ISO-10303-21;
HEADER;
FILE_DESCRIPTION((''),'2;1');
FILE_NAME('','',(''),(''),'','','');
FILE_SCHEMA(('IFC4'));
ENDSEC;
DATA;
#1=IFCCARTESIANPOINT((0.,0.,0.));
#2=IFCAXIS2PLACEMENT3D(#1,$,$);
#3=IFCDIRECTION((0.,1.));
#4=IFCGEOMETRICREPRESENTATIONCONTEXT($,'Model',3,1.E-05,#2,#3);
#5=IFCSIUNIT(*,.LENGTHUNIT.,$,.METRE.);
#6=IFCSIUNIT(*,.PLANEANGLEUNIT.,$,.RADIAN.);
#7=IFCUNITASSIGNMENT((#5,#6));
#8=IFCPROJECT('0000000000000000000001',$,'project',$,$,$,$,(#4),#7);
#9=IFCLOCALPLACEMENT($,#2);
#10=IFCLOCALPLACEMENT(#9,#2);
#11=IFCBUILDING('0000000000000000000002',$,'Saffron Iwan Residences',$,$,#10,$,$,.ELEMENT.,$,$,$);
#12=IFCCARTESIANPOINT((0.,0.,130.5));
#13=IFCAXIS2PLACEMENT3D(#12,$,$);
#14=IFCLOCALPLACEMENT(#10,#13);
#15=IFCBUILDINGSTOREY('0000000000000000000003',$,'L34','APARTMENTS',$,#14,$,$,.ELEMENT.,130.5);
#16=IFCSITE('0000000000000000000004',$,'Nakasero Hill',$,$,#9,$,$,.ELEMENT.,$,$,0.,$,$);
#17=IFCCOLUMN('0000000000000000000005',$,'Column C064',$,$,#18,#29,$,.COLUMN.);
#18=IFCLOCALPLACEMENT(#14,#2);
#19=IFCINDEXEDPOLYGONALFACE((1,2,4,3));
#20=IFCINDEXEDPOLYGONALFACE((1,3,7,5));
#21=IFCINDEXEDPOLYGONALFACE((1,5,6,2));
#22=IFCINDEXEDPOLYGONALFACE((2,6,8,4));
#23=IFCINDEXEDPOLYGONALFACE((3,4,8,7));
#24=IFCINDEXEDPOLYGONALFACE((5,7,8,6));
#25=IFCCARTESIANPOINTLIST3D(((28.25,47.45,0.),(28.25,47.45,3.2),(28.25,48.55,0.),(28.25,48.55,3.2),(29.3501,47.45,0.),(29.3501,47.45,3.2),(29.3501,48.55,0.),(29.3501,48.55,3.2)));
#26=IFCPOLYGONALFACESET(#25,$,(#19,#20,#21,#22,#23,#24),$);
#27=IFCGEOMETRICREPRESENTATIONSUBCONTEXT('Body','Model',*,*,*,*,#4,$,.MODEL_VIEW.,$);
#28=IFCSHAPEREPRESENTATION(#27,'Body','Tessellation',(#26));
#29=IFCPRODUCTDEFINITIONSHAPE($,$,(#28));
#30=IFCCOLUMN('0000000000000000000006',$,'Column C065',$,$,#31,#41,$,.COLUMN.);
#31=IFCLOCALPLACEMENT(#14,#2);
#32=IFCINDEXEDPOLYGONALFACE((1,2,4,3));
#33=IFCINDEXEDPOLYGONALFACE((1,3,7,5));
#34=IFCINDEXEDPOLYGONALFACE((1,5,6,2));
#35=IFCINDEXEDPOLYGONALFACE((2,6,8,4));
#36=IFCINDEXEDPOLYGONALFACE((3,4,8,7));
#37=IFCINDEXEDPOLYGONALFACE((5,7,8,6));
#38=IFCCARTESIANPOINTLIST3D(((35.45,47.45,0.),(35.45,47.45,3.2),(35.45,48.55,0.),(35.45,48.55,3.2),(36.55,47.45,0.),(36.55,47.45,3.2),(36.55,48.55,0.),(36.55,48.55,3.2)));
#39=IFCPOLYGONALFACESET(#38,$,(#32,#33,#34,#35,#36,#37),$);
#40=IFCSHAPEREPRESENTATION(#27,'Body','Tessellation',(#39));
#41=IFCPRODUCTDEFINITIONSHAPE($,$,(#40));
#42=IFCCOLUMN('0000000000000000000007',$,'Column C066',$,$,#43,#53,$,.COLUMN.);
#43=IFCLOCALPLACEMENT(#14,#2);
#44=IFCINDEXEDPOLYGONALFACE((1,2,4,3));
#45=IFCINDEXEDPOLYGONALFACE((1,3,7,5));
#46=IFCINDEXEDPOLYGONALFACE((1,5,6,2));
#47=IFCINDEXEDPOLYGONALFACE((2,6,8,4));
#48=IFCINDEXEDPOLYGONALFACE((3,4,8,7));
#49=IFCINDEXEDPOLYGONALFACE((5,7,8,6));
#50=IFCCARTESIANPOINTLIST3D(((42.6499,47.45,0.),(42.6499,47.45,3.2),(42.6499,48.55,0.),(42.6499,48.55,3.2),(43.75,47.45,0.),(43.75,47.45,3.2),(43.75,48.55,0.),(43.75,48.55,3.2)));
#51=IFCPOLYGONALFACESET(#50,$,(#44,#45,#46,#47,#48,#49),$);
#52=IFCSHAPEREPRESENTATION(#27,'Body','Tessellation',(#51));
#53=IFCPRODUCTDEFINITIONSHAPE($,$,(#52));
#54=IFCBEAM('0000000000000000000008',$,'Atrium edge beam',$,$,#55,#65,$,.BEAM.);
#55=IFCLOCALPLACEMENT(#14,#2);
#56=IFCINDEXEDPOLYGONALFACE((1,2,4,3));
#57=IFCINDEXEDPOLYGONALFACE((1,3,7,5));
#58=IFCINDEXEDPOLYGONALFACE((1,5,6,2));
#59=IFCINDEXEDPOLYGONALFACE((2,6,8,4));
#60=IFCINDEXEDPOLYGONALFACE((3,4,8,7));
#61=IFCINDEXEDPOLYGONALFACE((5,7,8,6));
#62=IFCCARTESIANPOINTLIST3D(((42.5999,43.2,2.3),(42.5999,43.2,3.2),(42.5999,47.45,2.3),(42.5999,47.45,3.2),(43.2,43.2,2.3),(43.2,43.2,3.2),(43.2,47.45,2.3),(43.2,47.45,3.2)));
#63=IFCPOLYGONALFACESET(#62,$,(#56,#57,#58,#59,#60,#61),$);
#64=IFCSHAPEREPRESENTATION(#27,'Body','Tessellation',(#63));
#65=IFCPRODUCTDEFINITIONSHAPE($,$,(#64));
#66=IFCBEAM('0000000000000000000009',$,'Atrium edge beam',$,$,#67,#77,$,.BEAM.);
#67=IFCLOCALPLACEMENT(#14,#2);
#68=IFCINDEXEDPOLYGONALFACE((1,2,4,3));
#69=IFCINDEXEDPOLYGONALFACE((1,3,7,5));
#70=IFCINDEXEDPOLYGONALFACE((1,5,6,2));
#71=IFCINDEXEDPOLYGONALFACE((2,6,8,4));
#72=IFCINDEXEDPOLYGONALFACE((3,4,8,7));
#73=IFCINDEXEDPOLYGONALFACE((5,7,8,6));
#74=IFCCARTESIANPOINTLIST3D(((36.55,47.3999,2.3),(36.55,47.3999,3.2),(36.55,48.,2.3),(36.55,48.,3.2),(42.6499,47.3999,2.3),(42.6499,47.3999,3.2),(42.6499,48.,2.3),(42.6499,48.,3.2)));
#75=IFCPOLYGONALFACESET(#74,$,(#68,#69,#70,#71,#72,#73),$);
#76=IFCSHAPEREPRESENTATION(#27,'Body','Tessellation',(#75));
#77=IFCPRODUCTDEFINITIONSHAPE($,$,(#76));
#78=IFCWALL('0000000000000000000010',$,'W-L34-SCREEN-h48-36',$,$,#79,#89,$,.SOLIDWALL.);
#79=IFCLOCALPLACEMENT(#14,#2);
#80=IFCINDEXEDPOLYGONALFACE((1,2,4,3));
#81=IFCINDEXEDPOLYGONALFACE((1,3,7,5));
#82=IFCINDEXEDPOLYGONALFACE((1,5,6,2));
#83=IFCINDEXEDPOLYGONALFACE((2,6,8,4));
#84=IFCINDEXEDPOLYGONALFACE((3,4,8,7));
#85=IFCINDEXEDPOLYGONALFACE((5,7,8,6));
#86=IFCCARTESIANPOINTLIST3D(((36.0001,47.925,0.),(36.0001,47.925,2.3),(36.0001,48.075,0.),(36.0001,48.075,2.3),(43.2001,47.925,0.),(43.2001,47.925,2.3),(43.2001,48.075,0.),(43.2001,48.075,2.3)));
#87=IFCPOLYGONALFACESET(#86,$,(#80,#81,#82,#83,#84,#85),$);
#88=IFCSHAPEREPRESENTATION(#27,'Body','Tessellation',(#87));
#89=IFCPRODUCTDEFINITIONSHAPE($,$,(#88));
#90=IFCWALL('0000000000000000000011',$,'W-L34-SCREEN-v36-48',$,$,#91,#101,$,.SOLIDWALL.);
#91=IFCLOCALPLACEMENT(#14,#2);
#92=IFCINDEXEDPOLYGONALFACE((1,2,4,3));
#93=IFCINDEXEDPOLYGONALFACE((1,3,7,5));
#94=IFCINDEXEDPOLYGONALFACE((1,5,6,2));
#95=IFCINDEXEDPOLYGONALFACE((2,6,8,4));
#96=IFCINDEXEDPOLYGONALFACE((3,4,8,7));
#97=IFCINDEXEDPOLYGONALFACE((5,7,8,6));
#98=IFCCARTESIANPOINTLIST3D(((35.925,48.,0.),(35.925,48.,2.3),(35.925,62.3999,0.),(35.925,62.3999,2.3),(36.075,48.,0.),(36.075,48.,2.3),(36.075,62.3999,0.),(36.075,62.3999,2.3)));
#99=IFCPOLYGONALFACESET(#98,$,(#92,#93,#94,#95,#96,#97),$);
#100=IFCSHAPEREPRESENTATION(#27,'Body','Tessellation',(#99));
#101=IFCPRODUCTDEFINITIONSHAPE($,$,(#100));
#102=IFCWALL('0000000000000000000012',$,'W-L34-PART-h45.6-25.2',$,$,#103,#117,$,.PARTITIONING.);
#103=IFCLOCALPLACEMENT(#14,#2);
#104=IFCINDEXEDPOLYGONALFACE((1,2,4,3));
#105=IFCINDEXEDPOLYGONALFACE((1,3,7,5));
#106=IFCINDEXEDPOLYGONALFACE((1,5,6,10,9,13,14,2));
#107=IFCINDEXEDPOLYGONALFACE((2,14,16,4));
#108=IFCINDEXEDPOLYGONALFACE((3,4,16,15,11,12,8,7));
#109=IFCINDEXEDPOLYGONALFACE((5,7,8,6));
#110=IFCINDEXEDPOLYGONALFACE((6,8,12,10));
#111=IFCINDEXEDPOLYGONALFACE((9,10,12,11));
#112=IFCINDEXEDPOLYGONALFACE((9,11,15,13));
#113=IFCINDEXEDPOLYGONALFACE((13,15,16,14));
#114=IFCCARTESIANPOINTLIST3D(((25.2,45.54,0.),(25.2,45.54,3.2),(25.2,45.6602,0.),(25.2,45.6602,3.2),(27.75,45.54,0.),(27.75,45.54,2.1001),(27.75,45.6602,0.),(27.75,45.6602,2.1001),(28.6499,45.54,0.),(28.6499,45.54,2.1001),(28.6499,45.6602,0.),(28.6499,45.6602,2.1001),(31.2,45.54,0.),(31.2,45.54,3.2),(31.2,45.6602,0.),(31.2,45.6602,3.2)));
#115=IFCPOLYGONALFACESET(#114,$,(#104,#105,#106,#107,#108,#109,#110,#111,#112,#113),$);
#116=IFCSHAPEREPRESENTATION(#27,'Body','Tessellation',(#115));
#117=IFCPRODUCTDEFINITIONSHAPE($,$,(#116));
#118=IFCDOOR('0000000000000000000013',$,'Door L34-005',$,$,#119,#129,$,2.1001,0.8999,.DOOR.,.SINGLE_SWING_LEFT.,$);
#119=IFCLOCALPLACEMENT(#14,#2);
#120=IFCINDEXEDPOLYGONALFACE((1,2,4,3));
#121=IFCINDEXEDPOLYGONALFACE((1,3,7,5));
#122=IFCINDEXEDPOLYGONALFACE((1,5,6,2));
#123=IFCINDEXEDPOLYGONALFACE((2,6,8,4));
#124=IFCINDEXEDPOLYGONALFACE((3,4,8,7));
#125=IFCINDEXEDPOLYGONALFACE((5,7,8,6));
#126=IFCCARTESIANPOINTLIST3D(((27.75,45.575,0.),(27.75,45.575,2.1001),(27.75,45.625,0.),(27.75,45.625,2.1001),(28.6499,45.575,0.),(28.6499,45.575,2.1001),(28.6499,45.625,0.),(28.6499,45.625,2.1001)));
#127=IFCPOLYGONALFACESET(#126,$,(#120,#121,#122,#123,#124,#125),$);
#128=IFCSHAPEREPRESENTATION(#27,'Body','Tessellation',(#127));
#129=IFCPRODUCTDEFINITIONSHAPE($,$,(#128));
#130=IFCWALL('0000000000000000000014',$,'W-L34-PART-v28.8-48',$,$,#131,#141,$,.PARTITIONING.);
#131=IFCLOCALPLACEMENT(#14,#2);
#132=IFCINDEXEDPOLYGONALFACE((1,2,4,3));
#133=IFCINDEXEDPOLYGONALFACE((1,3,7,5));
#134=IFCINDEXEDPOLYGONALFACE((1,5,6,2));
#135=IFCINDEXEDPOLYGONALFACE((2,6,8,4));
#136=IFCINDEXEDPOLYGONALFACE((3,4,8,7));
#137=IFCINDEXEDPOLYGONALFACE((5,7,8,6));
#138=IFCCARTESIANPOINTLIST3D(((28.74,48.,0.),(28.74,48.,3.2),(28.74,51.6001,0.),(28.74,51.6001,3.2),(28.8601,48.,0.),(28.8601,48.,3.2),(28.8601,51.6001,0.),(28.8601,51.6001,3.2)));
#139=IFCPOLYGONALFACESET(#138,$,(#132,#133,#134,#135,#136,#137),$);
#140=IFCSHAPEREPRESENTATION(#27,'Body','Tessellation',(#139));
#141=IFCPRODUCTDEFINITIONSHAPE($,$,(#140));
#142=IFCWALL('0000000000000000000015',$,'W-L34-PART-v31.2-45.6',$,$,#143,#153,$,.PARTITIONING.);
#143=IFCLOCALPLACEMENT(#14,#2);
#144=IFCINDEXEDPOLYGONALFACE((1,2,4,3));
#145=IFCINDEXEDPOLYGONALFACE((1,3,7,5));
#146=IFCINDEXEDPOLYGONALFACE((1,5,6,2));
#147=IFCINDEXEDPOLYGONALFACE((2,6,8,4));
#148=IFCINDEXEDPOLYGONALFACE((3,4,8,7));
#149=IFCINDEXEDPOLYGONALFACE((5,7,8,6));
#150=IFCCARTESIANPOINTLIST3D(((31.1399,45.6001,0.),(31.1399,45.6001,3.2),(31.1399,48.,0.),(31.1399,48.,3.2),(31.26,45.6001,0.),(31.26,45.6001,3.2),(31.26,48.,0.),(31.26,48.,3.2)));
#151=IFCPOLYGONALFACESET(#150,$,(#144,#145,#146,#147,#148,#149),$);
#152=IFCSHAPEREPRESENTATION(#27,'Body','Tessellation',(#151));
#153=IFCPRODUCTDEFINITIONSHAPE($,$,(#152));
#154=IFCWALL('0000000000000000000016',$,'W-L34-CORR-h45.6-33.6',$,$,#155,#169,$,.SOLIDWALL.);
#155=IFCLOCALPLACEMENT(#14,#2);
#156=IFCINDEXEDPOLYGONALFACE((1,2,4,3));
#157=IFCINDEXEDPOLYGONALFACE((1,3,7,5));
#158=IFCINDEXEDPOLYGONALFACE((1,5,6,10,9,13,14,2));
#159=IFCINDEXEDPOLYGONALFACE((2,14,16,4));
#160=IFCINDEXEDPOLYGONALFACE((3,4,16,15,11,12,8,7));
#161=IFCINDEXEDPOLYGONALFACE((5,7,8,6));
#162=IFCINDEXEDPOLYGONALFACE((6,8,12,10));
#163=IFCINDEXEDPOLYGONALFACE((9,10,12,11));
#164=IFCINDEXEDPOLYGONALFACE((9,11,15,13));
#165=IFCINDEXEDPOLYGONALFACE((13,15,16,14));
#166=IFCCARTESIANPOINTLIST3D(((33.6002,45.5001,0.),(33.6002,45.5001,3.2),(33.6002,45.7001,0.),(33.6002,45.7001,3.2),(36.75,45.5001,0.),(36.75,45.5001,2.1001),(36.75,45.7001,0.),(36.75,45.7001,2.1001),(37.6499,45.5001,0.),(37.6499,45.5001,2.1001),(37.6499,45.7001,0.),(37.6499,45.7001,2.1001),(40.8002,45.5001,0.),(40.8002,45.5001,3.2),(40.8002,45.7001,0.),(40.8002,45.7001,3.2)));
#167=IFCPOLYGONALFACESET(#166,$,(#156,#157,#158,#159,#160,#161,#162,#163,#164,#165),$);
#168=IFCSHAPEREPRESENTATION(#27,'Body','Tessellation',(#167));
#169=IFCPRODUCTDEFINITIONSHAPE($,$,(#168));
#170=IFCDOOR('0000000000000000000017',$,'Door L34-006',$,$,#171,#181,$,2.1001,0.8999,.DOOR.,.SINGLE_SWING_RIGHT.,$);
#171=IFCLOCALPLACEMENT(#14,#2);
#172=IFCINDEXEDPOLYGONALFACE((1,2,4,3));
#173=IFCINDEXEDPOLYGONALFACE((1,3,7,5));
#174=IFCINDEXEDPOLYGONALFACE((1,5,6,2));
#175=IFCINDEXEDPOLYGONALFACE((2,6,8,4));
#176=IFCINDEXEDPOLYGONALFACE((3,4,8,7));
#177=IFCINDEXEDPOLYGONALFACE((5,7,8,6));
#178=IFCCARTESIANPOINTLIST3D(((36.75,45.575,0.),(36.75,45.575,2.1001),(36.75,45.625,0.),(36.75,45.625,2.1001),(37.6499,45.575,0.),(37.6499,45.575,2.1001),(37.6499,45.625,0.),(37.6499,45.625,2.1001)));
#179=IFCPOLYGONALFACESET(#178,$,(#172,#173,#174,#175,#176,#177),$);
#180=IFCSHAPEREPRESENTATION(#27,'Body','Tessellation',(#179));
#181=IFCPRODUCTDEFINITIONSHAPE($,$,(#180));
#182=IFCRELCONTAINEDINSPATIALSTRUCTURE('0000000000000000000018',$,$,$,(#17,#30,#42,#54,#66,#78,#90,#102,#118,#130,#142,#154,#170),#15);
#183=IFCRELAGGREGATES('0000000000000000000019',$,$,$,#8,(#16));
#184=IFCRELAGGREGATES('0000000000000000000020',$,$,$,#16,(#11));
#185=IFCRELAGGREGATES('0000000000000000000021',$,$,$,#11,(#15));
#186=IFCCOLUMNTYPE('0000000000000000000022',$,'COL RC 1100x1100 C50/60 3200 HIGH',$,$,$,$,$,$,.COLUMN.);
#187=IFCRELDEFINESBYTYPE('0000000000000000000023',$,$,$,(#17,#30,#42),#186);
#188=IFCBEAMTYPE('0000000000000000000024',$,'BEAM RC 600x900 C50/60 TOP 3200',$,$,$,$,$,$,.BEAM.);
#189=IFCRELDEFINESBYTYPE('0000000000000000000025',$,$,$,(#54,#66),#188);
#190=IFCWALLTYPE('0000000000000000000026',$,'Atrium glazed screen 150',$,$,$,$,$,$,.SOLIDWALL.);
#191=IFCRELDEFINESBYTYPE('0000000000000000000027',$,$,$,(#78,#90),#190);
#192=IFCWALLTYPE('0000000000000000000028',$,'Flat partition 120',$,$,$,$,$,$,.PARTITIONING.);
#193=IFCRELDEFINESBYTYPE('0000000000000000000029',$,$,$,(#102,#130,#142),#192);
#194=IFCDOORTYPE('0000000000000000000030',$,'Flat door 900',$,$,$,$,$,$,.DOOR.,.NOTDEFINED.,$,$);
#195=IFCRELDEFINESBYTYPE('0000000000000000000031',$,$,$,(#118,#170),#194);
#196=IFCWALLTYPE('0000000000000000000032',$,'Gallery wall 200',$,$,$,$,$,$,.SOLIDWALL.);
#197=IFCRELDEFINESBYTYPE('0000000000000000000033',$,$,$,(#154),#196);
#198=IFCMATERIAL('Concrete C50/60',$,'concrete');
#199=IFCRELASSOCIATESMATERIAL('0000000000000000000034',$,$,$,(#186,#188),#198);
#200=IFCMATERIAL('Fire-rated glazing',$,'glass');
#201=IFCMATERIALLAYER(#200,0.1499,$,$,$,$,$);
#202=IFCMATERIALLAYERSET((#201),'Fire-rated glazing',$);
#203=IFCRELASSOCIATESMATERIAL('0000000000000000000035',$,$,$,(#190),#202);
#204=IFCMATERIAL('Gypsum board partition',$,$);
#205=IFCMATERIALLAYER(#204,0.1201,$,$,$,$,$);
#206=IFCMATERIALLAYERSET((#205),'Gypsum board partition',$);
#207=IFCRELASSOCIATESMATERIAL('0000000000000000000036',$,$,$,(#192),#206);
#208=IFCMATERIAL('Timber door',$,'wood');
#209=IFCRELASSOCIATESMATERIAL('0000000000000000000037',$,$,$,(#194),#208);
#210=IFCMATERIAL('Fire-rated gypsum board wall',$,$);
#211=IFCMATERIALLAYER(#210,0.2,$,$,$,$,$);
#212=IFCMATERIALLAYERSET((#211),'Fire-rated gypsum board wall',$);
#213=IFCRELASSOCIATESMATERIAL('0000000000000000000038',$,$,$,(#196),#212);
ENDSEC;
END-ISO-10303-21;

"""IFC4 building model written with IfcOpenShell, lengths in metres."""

from ifc_helpers import new_model, si_unit, direction, frame, frame_2d, origin, origin_2d, place, context, subcontext, project, spatial, rectangle, extrude, source, transform, mapped, material, layer, layer_set, material_profile, profile_set, type_object, element, fill, save


model = new_model("IFC4")

# Units and contexts
model_context = context("Model", 3, precision=1e-05, world=origin(), true_north=direction((0.0, 1.0)))
body_context = subcontext(model_context, "Body", "Model", "MODEL_VIEW")
ifc_project = project(units=[si_unit("LENGTHUNIT", "METRE"), si_unit("PLANEANGLEUNIT", "RADIAN")], contexts=[model_context])

# Site, building, storey
site_placement = place(None, origin())
site = spatial("IfcSite", under=ifc_project, at=site_placement, Name="Nakasero Hill", CompositionType="ELEMENT", RefElevation=0.0)
building_placement = place(site_placement, origin())
building = spatial("IfcBuilding", under=site, at=building_placement, Name="Saffron Iwan Residences", CompositionType="ELEMENT")
storey_placement = place(building_placement, frame((0.0, 0.0, 130.5)))
storey = spatial("IfcBuildingStorey", under=building, at=storey_placement, Name="L34", Description="APARTMENTS", CompositionType="ELEMENT", Elevation=130.5)

# Columns
ifc_material_1 = material(Name="Concrete C50/60", Category="concrete")
ifc_material_profile_1 = material_profile(ifc_material_1, rectangle(XDim=1.1001, YDim=1.1001, at=origin_2d()), Name="RC 1100x1100")
ifc_profile_set_1 = profile_set([ifc_material_profile_1], Name="Concrete C50/60")
column_type = type_object("IfcColumnType", Name="COL RC 1100x1100 C50/60 3200 HIGH", PredefinedType="COLUMN", material=ifc_profile_set_1)
shared_shape_1 = source(origin(), body_context, "Body", "SweptSolid", [
    extrude(rectangle(XDim=1.1001, YDim=1.1001, at=origin_2d()), origin(), (0.0, 0.0, 1.0), 3.2),
])
for number, where, z_axis, x_axis, name in (
    (1, (28.8, 48.0, 0.0), (0.0, 0.0, 1.0), (1.0, 0.0, 0.0), "Column C064"),
    (2, (36.0, 48.0, 0.0), (0.0, 0.0, 1.0), (1.0, 0.0, 0.0), "Column C065"),
    (3, (43.2, 48.0, 0.0), (0.0, 0.0, 1.0), (1.0, 0.0, 0.0), "Column C066"),
):
    element("IfcColumn", number, at=place(storey_placement, frame(where, z_axis=z_axis, x_axis=x_axis)), inside=storey, type_object=column_type, Name=name, PredefinedType="COLUMN", context=body_context, shape_type="MappedRepresentation", body=[
        mapped(shared_shape_1, transform((0.0, 0.0, 0.0))),
    ])

# Beams
ifc_material_profile_2 = material_profile(ifc_material_1, rectangle(XDim=0.6001, YDim=0.8999, at=origin_2d()), Name="RC 600x900")
ifc_profile_set_2 = profile_set([ifc_material_profile_2], Name="Concrete C50/60")
beam_type = type_object("IfcBeamType", Name="BEAM RC 600x900 C50/60 TOP 3200", PredefinedType="BEAM", material=ifc_profile_set_2)
shared_shape_2 = source(origin(), body_context, "Body", "SweptSolid", [
    extrude(rectangle(XDim=0.6001, YDim=0.8999, at=origin_2d()), origin(), (0.0, 0.0, 1.0), 4.25),
])
beam_1_placement = place(storey_placement, frame((42.8999, 43.2, 2.75), z_axis=(0.0, 1.0, 0.0), x_axis=(-1.0, 0.0, 0.0)))
element("IfcBeam", 4, at=beam_1_placement, inside=storey, type_object=beam_type, Name="Atrium edge beam", PredefinedType="BEAM", context=body_context, shape_type="MappedRepresentation", body=[
    mapped(shared_shape_2, transform((0.0, 0.0, 0.0))),
])
shared_shape_3 = source(origin(), body_context, "Body", "SweptSolid", [
    extrude(rectangle(XDim=0.6001, YDim=0.8999, at=origin_2d()), origin(), (0.0, 0.0, 1.0), 6.0999),
])
beam_2_placement = place(storey_placement, frame((42.6499, 47.7, 2.75), z_axis=(-1.0, 0.0, 0.0), x_axis=(0.0, -1.0, 0.0)))
element("IfcBeam", 5, at=beam_2_placement, inside=storey, type_object=beam_type, Name="Atrium edge beam", PredefinedType="BEAM", context=body_context, shape_type="MappedRepresentation", body=[
    mapped(shared_shape_3, transform((0.0, 0.0, 0.0))),
])

# Walls
ifc_material_2 = material(Name="Fire-rated glazing", Category="glass")
ifc_layer_1 = layer(ifc_material_2, 0.1499)
ifc_layer_set_1 = layer_set([ifc_layer_1], Name="Fire-rated glazing")
wall_type_1 = type_object("IfcWallType", Name="Atrium glazed screen 150", PredefinedType="SOLIDWALL", material=ifc_layer_set_1)
wall_1_placement = place(storey_placement, frame((36.0, 48.0, 0.0), z_axis=(0.0, 0.0, 1.0), x_axis=(1.0, 0.0, 0.0)))
element("IfcWall", 6, at=wall_1_placement, inside=storey, type_object=wall_type_1, Name="W-L34-SCREEN-h48-36", PredefinedType="SOLIDWALL", context=body_context, shape_type="SweptSolid", body=[
    extrude(rectangle(XDim=7.2, YDim=0.1499, at=frame_2d((3.6001, 0.0))), origin(), (0.0, 0.0, 1.0), 2.3),
])
wall_2_placement = place(storey_placement, frame((36.0, 48.0, 0.0), z_axis=(0.0, 0.0, 1.0), x_axis=(0.0, 1.0, 0.0)))
element("IfcWall", 7, at=wall_2_placement, inside=storey, type_object=wall_type_1, Name="W-L34-SCREEN-v36-48", PredefinedType="SOLIDWALL", context=body_context, shape_type="SweptSolid", body=[
    extrude(rectangle(XDim=14.3999, YDim=0.1499, at=frame_2d((7.2, 0.0))), origin(), (0.0, 0.0, 1.0), 2.3),
])

# Wall, opening, door
ifc_material_3 = material(Name="Gypsum board partition")
ifc_layer_2 = layer(ifc_material_3, 0.1201)
ifc_layer_set_2 = layer_set([ifc_layer_2], Name="Gypsum board partition")
wall_type_2 = type_object("IfcWallType", Name="Flat partition 120", PredefinedType="PARTITIONING", material=ifc_layer_set_2)
wall_3_placement = place(storey_placement, frame((25.2, 45.6001, 0.0), z_axis=(0.0, 0.0, 1.0), x_axis=(1.0, 0.0, 0.0)))
wall_3 = element("IfcWall", 8, at=wall_3_placement, inside=storey, type_object=wall_type_2, Name="W-L34-PART-h45.6-25.2", PredefinedType="PARTITIONING", context=body_context, shape_type="SweptSolid", body=[
    extrude(rectangle(XDim=6.0, YDim=0.1201, at=frame_2d((3.0, 0.0))), origin(), (0.0, 0.0, 1.0), 3.2),
])
opening_1_placement = place(wall_3_placement, frame((2.55, 0.0, 0.0)))
opening_1 = element("IfcOpeningElement", 9, at=opening_1_placement, cuts=wall_3, PredefinedType="OPENING", context=body_context, shape_type="SweptSolid", body=[
    extrude(rectangle(XDim=0.8999, YDim=2.1001, at=frame_2d((0.45, 1.05))), frame((0.0, 0.0701, 0.0), z_axis=(0.0, -1.0, 0.0), x_axis=(1.0, 0.0, 0.0)), (0.0, 0.0, 1.0), 0.1401),
])
ifc_material_4 = material(Name="Timber door", Category="wood")
door_type_1 = type_object("IfcDoorType", Name="Flat door 900", OperationType="NOTDEFINED", PredefinedType="DOOR", material=ifc_material_4)
door_1_placement = place(opening_1_placement, origin())
door_1 = element("IfcDoor", 10, at=door_1_placement, inside=storey, type_object=door_type_1, Name="Door L34-005", OperationType="SINGLE_SWING_LEFT", OverallHeight=2.1001, OverallWidth=0.8999, PredefinedType="DOOR", context=body_context, shape_type="SweptSolid", body=[
    extrude(rectangle(XDim=0.8999, YDim=2.1001, at=frame_2d((0.45, 1.05))), frame((0.0, 0.0249, 0.0), z_axis=(0.0, -1.0, 0.0), x_axis=(1.0, 0.0, 0.0)), (0.0, 0.0, 1.0), 0.05),
])
fill(opening_1, door_1)

# Walls
wall_4_placement = place(storey_placement, frame((28.8, 48.0, 0.0), z_axis=(0.0, 0.0, 1.0), x_axis=(0.0, 1.0, 0.0)))
element("IfcWall", 11, at=wall_4_placement, inside=storey, type_object=wall_type_2, Name="W-L34-PART-v28.8-48", PredefinedType="PARTITIONING", context=body_context, shape_type="SweptSolid", body=[
    extrude(rectangle(XDim=3.6001, YDim=0.1201, at=frame_2d((1.8, 0.0))), origin(), (0.0, 0.0, 1.0), 3.2),
])
wall_5_placement = place(storey_placement, frame((31.2, 45.6001, 0.0), z_axis=(0.0, 0.0, 1.0), x_axis=(0.0, 1.0, 0.0)))
element("IfcWall", 12, at=wall_5_placement, inside=storey, type_object=wall_type_2, Name="W-L34-PART-v31.2-45.6", PredefinedType="PARTITIONING", context=body_context, shape_type="SweptSolid", body=[
    extrude(rectangle(XDim=2.3999, YDim=0.1201, at=frame_2d((1.2, 0.0))), origin(), (0.0, 0.0, 1.0), 3.2),
])

# Wall, opening, door
ifc_material_5 = material(Name="Fire-rated gypsum board wall")
ifc_layer_3 = layer(ifc_material_5, 0.2)
ifc_layer_set_3 = layer_set([ifc_layer_3], Name="Fire-rated gypsum board wall")
wall_type_3 = type_object("IfcWallType", Name="Gallery wall 200", PredefinedType="SOLIDWALL", material=ifc_layer_set_3)
wall_6_placement = place(storey_placement, frame((33.6001, 45.6001, 0.0), z_axis=(0.0, 0.0, 1.0), x_axis=(1.0, 0.0, 0.0)))
wall_6 = element("IfcWall", 13, at=wall_6_placement, inside=storey, type_object=wall_type_3, Name="W-L34-CORR-h45.6-33.6", PredefinedType="SOLIDWALL", context=body_context, shape_type="SweptSolid", body=[
    extrude(rectangle(XDim=7.2, YDim=0.2, at=frame_2d((3.6001, 0.0))), origin(), (0.0, 0.0, 1.0), 3.2),
])
opening_2_placement = place(wall_6_placement, frame((3.1499, 0.0, 0.0)))
opening_2 = element("IfcOpeningElement", 14, at=opening_2_placement, cuts=wall_6, PredefinedType="OPENING", context=body_context, shape_type="SweptSolid", body=[
    extrude(rectangle(XDim=0.8999, YDim=2.1001, at=frame_2d((0.45, 1.05))), frame((0.0, 0.1099, 0.0), z_axis=(0.0, -1.0, 0.0), x_axis=(1.0, 0.0, 0.0)), (0.0, 0.0, 1.0), 0.22),
])
door_2_placement = place(opening_2_placement, origin())
door_2 = element("IfcDoor", 15, at=door_2_placement, inside=storey, type_object=door_type_1, Name="Door L34-006", OperationType="SINGLE_SWING_RIGHT", OverallHeight=2.1001, OverallWidth=0.8999, PredefinedType="DOOR", context=body_context, shape_type="SweptSolid", body=[
    extrude(rectangle(XDim=0.8999, YDim=2.1001, at=frame_2d((0.45, 1.05))), frame((0.0, 0.0249, 0.0), z_axis=(0.0, -1.0, 0.0), x_axis=(1.0, 0.0, 0.0)), (0.0, 0.0, 1.0), 0.05),
])
fill(opening_2, door_2)

save(model, "model.ifc")
